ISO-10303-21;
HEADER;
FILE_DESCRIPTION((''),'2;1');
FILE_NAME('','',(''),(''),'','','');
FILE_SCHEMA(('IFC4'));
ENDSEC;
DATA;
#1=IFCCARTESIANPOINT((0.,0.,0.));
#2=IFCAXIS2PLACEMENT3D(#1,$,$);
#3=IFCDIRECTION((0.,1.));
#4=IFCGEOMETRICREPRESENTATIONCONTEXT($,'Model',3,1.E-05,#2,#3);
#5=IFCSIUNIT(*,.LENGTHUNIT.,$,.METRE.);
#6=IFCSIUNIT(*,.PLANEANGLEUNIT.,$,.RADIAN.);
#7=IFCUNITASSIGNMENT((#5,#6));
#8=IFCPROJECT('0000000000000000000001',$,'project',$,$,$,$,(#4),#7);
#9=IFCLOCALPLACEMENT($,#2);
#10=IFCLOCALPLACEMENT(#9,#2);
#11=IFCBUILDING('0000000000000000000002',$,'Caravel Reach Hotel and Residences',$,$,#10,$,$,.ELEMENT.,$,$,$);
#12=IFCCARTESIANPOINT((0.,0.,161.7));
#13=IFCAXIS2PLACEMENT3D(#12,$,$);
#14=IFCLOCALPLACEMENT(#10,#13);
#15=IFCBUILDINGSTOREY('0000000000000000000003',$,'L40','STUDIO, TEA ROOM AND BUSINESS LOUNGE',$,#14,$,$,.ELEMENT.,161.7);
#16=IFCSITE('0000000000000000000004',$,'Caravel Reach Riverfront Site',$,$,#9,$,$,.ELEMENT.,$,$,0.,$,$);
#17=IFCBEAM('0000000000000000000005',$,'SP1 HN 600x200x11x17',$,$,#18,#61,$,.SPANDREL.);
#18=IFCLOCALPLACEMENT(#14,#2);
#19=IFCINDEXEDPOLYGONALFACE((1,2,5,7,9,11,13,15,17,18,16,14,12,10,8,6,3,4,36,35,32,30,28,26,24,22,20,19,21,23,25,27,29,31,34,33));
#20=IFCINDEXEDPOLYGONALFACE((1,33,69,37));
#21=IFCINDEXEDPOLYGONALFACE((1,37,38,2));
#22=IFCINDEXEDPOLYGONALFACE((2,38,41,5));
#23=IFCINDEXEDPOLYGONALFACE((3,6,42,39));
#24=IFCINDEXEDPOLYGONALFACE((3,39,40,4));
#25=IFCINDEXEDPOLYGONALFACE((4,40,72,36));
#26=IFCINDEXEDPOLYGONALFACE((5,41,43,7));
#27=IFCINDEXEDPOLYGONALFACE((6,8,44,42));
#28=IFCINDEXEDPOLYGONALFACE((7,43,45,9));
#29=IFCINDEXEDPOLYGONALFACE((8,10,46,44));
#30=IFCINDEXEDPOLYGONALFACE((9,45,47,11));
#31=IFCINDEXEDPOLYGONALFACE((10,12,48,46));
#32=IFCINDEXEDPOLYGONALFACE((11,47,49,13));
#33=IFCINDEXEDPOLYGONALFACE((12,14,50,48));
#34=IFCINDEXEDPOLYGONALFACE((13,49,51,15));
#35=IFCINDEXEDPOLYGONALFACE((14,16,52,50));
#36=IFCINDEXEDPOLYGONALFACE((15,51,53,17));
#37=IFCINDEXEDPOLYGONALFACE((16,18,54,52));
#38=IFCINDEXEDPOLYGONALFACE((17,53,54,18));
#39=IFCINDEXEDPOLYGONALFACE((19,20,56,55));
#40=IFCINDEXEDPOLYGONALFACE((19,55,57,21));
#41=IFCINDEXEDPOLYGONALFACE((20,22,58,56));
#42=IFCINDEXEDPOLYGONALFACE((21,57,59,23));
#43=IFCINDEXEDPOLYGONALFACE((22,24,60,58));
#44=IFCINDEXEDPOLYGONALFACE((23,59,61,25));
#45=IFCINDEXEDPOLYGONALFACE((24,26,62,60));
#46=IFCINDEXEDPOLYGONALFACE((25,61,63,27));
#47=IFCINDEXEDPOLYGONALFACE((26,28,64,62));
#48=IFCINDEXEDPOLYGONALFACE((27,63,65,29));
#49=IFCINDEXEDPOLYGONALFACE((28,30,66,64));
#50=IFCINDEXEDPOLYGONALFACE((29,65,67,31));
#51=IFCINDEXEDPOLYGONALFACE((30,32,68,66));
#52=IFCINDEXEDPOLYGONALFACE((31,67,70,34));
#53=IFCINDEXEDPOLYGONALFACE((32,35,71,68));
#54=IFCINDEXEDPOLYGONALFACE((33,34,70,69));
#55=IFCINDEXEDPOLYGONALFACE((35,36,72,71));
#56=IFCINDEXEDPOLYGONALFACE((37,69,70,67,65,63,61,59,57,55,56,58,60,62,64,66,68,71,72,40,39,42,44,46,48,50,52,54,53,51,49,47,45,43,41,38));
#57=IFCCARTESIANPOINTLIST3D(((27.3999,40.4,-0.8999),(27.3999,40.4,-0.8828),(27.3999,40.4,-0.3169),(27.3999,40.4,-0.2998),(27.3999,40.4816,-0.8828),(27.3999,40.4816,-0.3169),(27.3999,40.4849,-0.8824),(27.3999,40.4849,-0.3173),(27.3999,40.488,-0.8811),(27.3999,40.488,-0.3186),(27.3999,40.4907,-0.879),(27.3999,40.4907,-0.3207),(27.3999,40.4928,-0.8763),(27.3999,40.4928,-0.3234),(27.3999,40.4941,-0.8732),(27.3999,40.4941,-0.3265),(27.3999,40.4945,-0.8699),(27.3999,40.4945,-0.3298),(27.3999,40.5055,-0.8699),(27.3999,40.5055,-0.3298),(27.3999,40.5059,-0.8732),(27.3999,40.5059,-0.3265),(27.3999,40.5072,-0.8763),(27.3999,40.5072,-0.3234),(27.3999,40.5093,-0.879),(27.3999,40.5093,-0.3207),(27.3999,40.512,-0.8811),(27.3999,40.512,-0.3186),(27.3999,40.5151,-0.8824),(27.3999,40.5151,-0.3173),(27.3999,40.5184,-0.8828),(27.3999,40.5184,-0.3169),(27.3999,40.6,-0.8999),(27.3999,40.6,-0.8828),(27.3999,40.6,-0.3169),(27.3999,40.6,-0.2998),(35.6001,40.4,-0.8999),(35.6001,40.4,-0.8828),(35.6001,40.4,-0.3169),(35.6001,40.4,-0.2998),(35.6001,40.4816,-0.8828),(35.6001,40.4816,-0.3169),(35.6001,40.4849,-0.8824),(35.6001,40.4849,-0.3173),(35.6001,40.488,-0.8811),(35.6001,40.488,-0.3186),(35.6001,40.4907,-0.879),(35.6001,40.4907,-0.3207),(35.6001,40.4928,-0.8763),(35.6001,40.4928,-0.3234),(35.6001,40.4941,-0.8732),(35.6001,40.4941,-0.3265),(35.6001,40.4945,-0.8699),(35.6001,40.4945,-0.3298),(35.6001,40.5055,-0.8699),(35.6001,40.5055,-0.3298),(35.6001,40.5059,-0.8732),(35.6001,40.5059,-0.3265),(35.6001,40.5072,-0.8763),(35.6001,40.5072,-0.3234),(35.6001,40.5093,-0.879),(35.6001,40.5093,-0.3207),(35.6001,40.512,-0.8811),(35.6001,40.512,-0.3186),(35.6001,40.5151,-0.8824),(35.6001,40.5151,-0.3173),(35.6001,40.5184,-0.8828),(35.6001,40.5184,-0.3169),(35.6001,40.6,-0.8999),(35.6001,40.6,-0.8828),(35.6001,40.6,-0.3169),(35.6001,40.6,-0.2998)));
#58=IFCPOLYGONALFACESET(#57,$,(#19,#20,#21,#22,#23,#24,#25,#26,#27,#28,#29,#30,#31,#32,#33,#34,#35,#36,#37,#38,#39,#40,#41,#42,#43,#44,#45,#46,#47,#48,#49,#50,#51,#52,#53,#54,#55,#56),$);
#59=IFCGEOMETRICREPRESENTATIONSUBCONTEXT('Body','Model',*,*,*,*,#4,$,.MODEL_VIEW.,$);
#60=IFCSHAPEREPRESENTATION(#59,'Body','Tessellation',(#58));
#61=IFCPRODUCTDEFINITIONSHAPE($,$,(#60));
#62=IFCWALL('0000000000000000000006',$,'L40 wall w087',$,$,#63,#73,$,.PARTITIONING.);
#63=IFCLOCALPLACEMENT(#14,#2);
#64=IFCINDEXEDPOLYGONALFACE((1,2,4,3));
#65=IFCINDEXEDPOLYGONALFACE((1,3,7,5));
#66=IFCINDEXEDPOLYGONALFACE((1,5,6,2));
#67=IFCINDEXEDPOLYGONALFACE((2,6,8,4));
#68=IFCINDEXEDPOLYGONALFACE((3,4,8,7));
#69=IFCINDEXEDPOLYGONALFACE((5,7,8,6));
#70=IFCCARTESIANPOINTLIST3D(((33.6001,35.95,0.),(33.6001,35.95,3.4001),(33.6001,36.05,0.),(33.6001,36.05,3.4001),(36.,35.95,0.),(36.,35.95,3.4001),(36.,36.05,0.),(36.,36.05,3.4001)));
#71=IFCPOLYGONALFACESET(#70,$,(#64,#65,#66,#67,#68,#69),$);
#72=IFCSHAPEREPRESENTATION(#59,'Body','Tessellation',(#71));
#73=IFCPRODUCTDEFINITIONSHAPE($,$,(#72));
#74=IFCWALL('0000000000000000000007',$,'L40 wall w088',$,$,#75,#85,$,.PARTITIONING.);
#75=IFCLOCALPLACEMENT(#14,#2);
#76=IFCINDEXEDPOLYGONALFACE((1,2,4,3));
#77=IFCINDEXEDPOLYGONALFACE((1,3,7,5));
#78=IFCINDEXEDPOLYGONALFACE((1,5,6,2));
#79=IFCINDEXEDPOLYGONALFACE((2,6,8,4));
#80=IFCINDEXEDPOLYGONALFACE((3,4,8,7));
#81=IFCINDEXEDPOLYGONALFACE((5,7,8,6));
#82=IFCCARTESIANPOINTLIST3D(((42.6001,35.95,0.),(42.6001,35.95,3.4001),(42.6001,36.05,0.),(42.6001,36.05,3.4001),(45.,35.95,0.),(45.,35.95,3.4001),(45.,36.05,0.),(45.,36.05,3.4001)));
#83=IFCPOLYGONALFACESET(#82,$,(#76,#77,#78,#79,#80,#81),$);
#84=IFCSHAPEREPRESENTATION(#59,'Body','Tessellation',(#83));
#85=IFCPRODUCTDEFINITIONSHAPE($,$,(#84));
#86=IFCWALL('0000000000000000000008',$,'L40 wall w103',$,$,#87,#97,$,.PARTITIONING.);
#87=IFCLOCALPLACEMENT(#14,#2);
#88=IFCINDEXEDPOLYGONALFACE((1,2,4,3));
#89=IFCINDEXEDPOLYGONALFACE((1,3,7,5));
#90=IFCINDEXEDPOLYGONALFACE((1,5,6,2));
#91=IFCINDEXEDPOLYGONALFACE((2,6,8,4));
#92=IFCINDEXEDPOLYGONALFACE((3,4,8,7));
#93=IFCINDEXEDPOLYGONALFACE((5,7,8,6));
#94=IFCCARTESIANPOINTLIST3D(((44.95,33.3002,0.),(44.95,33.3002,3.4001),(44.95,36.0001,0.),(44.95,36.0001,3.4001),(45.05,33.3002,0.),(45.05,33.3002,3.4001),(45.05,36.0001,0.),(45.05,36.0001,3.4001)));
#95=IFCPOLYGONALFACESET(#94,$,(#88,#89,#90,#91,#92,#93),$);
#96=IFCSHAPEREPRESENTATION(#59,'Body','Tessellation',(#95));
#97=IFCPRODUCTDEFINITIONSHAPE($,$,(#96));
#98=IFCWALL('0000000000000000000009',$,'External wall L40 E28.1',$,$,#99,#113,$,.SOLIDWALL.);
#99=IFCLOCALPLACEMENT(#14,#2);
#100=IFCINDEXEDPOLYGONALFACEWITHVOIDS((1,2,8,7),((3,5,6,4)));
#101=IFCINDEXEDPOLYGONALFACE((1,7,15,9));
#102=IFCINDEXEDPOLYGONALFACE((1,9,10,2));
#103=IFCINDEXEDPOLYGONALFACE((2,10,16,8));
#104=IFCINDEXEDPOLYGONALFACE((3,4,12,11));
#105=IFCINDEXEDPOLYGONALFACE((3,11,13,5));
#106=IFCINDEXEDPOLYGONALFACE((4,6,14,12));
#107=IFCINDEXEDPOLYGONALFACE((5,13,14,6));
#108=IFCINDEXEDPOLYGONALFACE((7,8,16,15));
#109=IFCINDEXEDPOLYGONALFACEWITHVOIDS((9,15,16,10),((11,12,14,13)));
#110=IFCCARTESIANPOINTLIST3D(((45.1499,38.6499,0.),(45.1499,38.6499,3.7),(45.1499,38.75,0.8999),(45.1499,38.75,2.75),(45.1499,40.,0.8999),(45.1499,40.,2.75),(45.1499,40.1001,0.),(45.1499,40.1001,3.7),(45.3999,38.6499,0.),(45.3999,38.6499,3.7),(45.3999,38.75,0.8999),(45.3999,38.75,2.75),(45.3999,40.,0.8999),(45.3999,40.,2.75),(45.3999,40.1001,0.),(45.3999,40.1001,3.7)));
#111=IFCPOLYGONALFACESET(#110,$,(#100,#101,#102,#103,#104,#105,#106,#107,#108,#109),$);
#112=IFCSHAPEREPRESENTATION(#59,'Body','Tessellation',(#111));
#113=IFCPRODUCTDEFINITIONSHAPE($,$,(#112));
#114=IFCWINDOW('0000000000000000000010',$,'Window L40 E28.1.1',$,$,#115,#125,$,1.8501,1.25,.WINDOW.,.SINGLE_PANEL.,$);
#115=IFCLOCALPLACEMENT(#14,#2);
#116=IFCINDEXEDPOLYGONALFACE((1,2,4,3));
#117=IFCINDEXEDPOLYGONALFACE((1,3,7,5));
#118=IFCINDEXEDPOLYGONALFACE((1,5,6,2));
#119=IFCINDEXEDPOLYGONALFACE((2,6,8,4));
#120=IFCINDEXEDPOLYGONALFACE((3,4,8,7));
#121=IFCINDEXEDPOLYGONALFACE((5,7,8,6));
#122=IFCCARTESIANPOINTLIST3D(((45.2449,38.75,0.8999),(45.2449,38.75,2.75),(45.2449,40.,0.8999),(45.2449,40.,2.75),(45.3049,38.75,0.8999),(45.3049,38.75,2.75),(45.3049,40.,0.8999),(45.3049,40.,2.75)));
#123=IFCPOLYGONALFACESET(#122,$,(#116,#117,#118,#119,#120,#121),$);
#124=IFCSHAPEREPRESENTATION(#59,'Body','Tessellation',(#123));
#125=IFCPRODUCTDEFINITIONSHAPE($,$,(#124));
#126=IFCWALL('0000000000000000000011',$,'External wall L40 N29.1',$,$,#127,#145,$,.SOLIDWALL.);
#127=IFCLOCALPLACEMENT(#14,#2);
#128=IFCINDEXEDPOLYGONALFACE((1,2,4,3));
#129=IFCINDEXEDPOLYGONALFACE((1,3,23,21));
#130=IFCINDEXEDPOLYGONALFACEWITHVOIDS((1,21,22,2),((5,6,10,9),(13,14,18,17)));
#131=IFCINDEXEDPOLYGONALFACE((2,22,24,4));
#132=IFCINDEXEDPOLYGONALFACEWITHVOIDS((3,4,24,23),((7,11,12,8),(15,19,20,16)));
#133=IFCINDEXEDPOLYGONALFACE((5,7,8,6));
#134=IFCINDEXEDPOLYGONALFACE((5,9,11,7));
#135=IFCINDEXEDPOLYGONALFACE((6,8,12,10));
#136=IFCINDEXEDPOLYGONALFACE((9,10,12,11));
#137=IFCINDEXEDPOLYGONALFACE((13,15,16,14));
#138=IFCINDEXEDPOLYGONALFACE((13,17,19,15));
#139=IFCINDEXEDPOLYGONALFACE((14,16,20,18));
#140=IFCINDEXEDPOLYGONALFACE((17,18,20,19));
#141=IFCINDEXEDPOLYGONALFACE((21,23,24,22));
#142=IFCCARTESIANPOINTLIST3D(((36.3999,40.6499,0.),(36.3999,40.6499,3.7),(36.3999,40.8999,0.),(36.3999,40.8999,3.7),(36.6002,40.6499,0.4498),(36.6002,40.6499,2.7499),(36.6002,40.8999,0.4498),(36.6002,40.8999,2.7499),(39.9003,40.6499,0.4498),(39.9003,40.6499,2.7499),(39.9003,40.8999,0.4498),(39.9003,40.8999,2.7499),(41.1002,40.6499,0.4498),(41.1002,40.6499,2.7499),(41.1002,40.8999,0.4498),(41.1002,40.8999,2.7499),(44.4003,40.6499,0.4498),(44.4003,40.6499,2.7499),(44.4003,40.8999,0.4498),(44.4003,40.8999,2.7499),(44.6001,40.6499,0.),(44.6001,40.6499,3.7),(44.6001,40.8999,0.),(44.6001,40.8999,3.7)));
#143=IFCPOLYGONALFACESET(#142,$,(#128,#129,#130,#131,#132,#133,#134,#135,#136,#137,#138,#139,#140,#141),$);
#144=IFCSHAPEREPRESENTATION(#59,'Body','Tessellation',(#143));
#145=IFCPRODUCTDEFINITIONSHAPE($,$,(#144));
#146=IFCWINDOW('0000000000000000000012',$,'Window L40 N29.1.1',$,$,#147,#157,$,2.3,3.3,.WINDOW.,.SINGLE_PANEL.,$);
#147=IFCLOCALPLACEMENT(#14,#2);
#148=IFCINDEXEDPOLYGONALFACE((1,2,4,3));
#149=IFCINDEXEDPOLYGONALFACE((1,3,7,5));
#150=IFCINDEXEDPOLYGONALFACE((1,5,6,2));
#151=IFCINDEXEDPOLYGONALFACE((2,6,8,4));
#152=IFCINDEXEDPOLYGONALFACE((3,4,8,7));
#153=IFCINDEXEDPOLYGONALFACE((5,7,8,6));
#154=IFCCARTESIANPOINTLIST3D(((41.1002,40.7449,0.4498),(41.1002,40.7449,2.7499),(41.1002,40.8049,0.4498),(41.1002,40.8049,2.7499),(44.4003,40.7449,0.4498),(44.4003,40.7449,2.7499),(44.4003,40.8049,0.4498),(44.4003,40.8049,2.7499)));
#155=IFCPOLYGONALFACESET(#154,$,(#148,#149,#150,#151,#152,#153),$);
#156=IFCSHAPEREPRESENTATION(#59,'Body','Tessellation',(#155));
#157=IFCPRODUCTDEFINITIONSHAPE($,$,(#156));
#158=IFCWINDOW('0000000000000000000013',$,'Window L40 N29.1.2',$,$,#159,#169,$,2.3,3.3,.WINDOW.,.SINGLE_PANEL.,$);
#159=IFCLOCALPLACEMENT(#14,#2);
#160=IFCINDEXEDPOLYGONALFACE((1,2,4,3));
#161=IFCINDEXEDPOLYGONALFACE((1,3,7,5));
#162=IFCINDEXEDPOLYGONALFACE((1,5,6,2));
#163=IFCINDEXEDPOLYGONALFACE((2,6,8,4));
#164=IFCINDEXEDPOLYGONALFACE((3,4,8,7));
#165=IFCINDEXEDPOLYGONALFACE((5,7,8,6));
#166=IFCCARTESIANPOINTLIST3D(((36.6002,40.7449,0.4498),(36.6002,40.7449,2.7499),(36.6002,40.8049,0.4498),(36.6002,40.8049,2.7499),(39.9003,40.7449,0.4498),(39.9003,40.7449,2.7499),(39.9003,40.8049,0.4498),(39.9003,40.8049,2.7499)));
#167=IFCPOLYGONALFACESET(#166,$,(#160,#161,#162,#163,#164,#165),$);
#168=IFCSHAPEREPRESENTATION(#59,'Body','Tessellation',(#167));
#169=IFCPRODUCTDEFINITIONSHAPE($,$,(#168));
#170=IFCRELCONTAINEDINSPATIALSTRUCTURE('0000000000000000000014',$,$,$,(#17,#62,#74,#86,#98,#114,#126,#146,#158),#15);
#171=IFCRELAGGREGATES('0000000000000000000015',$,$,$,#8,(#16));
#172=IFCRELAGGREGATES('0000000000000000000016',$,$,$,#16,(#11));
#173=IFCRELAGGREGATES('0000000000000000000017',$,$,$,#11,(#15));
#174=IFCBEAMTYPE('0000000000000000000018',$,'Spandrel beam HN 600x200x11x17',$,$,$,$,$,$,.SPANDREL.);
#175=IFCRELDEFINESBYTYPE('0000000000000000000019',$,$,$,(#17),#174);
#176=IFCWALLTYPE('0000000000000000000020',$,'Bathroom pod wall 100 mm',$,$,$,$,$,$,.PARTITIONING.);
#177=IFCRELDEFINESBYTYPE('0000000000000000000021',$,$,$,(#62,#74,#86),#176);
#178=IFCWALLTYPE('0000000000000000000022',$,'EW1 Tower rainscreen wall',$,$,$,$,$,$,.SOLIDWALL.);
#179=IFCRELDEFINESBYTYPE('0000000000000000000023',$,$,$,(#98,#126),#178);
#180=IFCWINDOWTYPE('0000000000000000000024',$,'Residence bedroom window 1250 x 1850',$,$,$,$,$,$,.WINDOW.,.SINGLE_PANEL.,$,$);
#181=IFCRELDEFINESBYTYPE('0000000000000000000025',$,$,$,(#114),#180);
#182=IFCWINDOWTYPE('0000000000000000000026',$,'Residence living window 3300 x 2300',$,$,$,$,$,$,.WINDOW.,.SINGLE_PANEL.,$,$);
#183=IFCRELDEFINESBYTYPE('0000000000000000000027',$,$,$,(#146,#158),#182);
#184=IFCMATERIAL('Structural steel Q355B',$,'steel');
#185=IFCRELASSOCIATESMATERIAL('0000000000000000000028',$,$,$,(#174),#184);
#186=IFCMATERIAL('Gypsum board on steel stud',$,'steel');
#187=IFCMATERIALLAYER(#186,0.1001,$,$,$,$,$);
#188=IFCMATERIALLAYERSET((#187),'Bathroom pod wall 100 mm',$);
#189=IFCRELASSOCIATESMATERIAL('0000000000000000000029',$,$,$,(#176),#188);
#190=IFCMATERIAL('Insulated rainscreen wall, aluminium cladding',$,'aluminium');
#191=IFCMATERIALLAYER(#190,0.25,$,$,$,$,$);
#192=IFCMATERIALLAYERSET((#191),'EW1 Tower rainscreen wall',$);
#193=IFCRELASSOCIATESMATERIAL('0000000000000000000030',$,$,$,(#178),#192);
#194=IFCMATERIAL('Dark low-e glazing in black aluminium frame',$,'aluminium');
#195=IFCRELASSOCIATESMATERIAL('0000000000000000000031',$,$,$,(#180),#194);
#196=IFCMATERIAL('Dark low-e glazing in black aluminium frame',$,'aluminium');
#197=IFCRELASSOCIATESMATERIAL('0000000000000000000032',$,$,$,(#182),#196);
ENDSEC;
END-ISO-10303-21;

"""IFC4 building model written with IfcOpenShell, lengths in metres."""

from ifc_helpers import new_model, si_unit, direction, frame, frame_2d, origin, origin_2d, place, context, subcontext, project, spatial, rectangle, i_section, extrude, material, layer, layer_set, material_profile, profile_set, type_object, element, fill, save


model = new_model("IFC4")

# Units and contexts
model_context = context("Model", 3, precision=1e-05, world=origin(), true_north=direction((0.0, 1.0)))
body_context = subcontext(model_context, "Body", "Model", "MODEL_VIEW")
ifc_project = project(units=[si_unit("LENGTHUNIT", "METRE"), si_unit("PLANEANGLEUNIT", "RADIAN")], contexts=[model_context])

# Site, building, storey
site_placement = place(None, origin())
site = spatial("IfcSite", under=ifc_project, at=site_placement, Name="Caravel Reach Riverfront Site", CompositionType="ELEMENT", RefElevation=0.0)
building_placement = place(site_placement, origin())
building = spatial("IfcBuilding", under=site, at=building_placement, Name="Caravel Reach Hotel and Residences", CompositionType="ELEMENT")
storey_placement = place(building_placement, frame((0.0, 0.0, 161.7)))
storey = spatial("IfcBuildingStorey", under=building, at=storey_placement, Name="L40", Description="STUDIO, TEA ROOM AND BUSINESS LOUNGE", CompositionType="ELEMENT", Elevation=161.7)

# Beam
ifc_material_1 = material(Name="Structural steel Q355B", Category="steel")
ifc_material_profile_1 = material_profile(ifc_material_1, i_section(OverallWidth=0.2, OverallDepth=0.6001, WebThickness=0.011, FlangeThickness=0.0171, FilletRadius=0.0129, at=origin_2d()), Name="HN 600x200x11x17")
ifc_profile_set_1 = profile_set([ifc_material_profile_1], Name="Structural steel Q355B")
beam_type = type_object("IfcBeamType", Name="Spandrel beam HN 600x200x11x17", PredefinedType="SPANDREL", material=ifc_profile_set_1)
for number, where, z_axis, x_axis, name in (
    (1, (35.6001, 40.5, -0.5999), (-1.0, 0.0, 0.0), (0.0, -1.0, 0.0), "SP1 HN 600x200x11x17"),
):
    element("IfcBeam", number, at=place(storey_placement, frame(where, z_axis=z_axis, x_axis=x_axis)), inside=storey, type_object=beam_type, Name=name, PredefinedType="SPANDREL", context=body_context, shape_type="SweptSolid", body=[
        extrude(i_section(OverallWidth=0.2, OverallDepth=0.6001, WebThickness=0.011, FlangeThickness=0.0171, FilletRadius=0.0129, at=origin_2d()), origin(), (0.0, 0.0, 1.0), 8.2002),
    ])

# Walls
ifc_material_2 = material(Name="Gypsum board on steel stud", Category="steel")
ifc_layer_1 = layer(ifc_material_2, 0.1001)
ifc_layer_set_1 = layer_set([ifc_layer_1], Name="Bathroom pod wall 100 mm")
wall_type_1 = type_object("IfcWallType", Name="Bathroom pod wall 100 mm", PredefinedType="PARTITIONING", material=ifc_layer_set_1)
for number, where, z_axis, x_axis, name in (
    (2, (33.6001, 36.0, 0.0), (0.0, 0.0, 1.0), (1.0, 0.0, 0.0), "L40 wall w087"),
    (3, (42.6001, 36.0, 0.0), (0.0, 0.0, 1.0), (1.0, 0.0, 0.0), "L40 wall w088"),
):
    element("IfcWall", number, at=place(storey_placement, frame(where, z_axis=z_axis, x_axis=x_axis)), inside=storey, type_object=wall_type_1, Name=name, PredefinedType="PARTITIONING", context=body_context, shape_type="SweptSolid", body=[
        extrude(rectangle(XDim=2.3999, YDim=0.1001, at=frame_2d((1.2, 0.0))), origin(), (0.0, 0.0, 1.0), 3.4001),
    ])
wall_1_placement = place(storey_placement, frame((45.0, 33.3, 0.0), z_axis=(0.0, 0.0, 1.0), x_axis=(0.0, 1.0, 0.0)))
element("IfcWall", 4, at=wall_1_placement, inside=storey, type_object=wall_type_1, Name="L40 wall w103", PredefinedType="PARTITIONING", context=body_context, shape_type="SweptSolid", body=[
    extrude(rectangle(XDim=2.7, YDim=0.1001, at=frame_2d((1.3501, 0.0))), origin(), (0.0, 0.0, 1.0), 3.4001),
])

# Wall, opening, window
ifc_material_3 = material(Name="Insulated rainscreen wall, aluminium cladding", Category="aluminium")
ifc_layer_2 = layer(ifc_material_3, 0.25)
ifc_layer_set_2 = layer_set([ifc_layer_2], Name="EW1 Tower rainscreen wall")
wall_type_2 = type_object("IfcWallType", Name="EW1 Tower rainscreen wall", PredefinedType="SOLIDWALL", material=ifc_layer_set_2)
wall_2_placement = place(storey_placement, frame((45.2749, 38.6499, 0.0), z_axis=(0.0, 0.0, 1.0), x_axis=(0.0, 1.0, 0.0)))
wall_2 = element("IfcWall", 5, at=wall_2_placement, inside=storey, type_object=wall_type_2, Name="External wall L40 E28.1", PredefinedType="SOLIDWALL", context=body_context, shape_type="SweptSolid", body=[
    extrude(rectangle(XDim=1.4502, YDim=0.25, at=frame_2d((0.7251, 0.0))), origin(), (0.0, 0.0, 1.0), 3.7),
])
opening_1_placement = place(wall_2_placement, frame((0.1001, 0.0, 0.8999)))
opening_1 = element("IfcOpeningElement", 6, at=opening_1_placement, cuts=wall_2, PredefinedType="OPENING", context=body_context, shape_type="SweptSolid", body=[
    extrude(rectangle(XDim=1.25, YDim=1.8501, at=frame_2d((0.625, 0.925))), frame((0.0, 0.135, 0.0), z_axis=(0.0, -1.0, 0.0), x_axis=(1.0, 0.0, 0.0)), (0.0, 0.0, 1.0), 0.27),
])
ifc_material_4 = material(Name="Dark low-e glazing in black aluminium frame", Category="aluminium")
window_type_1 = type_object("IfcWindowType", Name="Residence bedroom window 1250 x 1850", PartitioningType="SINGLE_PANEL", PredefinedType="WINDOW", material=ifc_material_4)
window_1_placement = place(opening_1_placement, origin())
window_1 = element("IfcWindow", 7, at=window_1_placement, inside=storey, type_object=window_type_1, Name="Window L40 E28.1.1", OverallHeight=1.8501, OverallWidth=1.25, PartitioningType="SINGLE_PANEL", PredefinedType="WINDOW", context=body_context, shape_type="SweptSolid", body=[
    extrude(rectangle(XDim=1.25, YDim=1.8501, at=frame_2d((0.625, 0.925))), frame((0.0, 0.03, 0.0), z_axis=(0.0, -1.0, 0.0), x_axis=(1.0, 0.0, 0.0)), (0.0, 0.0, 1.0), 0.0601),
])
fill(opening_1, window_1)

# Wall, openings, windows
wall_3_placement = place(storey_placement, frame((44.6001, 40.7749, 0.0), z_axis=(0.0, 0.0, 1.0), x_axis=(-1.0, 0.0, 0.0)))
wall_3 = element("IfcWall", 8, at=wall_3_placement, inside=storey, type_object=wall_type_2, Name="External wall L40 N29.1", PredefinedType="SOLIDWALL", context=body_context, shape_type="SweptSolid", body=[
    extrude(rectangle(XDim=8.2002, YDim=0.25, at=frame_2d((4.1001, 0.0))), origin(), (0.0, 0.0, 1.0), 3.7),
])
opening_2_placement = place(wall_3_placement, frame((0.2, 0.0, 0.45)))
opening_2 = element("IfcOpeningElement", 9, at=opening_2_placement, cuts=wall_3, PredefinedType="OPENING", context=body_context, shape_type="SweptSolid", body=[
    extrude(rectangle(XDim=3.3, YDim=2.3, at=frame_2d((1.6499, 1.1499))), frame((0.0, 0.135, 0.0), z_axis=(0.0, -1.0, 0.0), x_axis=(1.0, 0.0, 0.0)), (0.0, 0.0, 1.0), 0.27),
])
opening_3_placement = place(wall_3_placement, frame((4.7, 0.0, 0.45)))
opening_3 = element("IfcOpeningElement", 10, at=opening_3_placement, cuts=wall_3, PredefinedType="OPENING", context=body_context, shape_type="SweptSolid", body=[
    extrude(rectangle(XDim=3.3, YDim=2.3, at=frame_2d((1.6499, 1.1499))), frame((0.0, 0.135, 0.0), z_axis=(0.0, -1.0, 0.0), x_axis=(1.0, 0.0, 0.0)), (0.0, 0.0, 1.0), 0.27),
])
ifc_material_5 = material(Name="Dark low-e glazing in black aluminium frame", Category="aluminium")
window_type_2 = type_object("IfcWindowType", Name="Residence living window 3300 x 2300", PartitioningType="SINGLE_PANEL", PredefinedType="WINDOW", material=ifc_material_5)
window_2_placement = place(opening_2_placement, origin())
window_2 = element("IfcWindow", 11, at=window_2_placement, inside=storey, type_object=window_type_2, Name="Window L40 N29.1.1", OverallHeight=2.3, OverallWidth=3.3, PartitioningType="SINGLE_PANEL", PredefinedType="WINDOW", context=body_context, shape_type="SweptSolid", body=[
    extrude(rectangle(XDim=3.3, YDim=2.3, at=frame_2d((1.6499, 1.1499))), frame((0.0, 0.03, 0.0), z_axis=(0.0, -1.0, 0.0), x_axis=(1.0, 0.0, 0.0)), (0.0, 0.0, 1.0), 0.0601),
])
fill(opening_2, window_2)
window_3_placement = place(opening_3_placement, origin())
window_3 = element("IfcWindow", 12, at=window_3_placement, inside=storey, type_object=window_type_2, Name="Window L40 N29.1.2", OverallHeight=2.3, OverallWidth=3.3, PartitioningType="SINGLE_PANEL", PredefinedType="WINDOW", context=body_context, shape_type="SweptSolid", body=[
    extrude(rectangle(XDim=3.3, YDim=2.3, at=frame_2d((1.6499, 1.1499))), frame((0.0, 0.03, 0.0), z_axis=(0.0, -1.0, 0.0), x_axis=(1.0, 0.0, 0.0)), (0.0, 0.0, 1.0), 0.0601),
])
fill(opening_3, window_3)

save(model, "model.ifc")
